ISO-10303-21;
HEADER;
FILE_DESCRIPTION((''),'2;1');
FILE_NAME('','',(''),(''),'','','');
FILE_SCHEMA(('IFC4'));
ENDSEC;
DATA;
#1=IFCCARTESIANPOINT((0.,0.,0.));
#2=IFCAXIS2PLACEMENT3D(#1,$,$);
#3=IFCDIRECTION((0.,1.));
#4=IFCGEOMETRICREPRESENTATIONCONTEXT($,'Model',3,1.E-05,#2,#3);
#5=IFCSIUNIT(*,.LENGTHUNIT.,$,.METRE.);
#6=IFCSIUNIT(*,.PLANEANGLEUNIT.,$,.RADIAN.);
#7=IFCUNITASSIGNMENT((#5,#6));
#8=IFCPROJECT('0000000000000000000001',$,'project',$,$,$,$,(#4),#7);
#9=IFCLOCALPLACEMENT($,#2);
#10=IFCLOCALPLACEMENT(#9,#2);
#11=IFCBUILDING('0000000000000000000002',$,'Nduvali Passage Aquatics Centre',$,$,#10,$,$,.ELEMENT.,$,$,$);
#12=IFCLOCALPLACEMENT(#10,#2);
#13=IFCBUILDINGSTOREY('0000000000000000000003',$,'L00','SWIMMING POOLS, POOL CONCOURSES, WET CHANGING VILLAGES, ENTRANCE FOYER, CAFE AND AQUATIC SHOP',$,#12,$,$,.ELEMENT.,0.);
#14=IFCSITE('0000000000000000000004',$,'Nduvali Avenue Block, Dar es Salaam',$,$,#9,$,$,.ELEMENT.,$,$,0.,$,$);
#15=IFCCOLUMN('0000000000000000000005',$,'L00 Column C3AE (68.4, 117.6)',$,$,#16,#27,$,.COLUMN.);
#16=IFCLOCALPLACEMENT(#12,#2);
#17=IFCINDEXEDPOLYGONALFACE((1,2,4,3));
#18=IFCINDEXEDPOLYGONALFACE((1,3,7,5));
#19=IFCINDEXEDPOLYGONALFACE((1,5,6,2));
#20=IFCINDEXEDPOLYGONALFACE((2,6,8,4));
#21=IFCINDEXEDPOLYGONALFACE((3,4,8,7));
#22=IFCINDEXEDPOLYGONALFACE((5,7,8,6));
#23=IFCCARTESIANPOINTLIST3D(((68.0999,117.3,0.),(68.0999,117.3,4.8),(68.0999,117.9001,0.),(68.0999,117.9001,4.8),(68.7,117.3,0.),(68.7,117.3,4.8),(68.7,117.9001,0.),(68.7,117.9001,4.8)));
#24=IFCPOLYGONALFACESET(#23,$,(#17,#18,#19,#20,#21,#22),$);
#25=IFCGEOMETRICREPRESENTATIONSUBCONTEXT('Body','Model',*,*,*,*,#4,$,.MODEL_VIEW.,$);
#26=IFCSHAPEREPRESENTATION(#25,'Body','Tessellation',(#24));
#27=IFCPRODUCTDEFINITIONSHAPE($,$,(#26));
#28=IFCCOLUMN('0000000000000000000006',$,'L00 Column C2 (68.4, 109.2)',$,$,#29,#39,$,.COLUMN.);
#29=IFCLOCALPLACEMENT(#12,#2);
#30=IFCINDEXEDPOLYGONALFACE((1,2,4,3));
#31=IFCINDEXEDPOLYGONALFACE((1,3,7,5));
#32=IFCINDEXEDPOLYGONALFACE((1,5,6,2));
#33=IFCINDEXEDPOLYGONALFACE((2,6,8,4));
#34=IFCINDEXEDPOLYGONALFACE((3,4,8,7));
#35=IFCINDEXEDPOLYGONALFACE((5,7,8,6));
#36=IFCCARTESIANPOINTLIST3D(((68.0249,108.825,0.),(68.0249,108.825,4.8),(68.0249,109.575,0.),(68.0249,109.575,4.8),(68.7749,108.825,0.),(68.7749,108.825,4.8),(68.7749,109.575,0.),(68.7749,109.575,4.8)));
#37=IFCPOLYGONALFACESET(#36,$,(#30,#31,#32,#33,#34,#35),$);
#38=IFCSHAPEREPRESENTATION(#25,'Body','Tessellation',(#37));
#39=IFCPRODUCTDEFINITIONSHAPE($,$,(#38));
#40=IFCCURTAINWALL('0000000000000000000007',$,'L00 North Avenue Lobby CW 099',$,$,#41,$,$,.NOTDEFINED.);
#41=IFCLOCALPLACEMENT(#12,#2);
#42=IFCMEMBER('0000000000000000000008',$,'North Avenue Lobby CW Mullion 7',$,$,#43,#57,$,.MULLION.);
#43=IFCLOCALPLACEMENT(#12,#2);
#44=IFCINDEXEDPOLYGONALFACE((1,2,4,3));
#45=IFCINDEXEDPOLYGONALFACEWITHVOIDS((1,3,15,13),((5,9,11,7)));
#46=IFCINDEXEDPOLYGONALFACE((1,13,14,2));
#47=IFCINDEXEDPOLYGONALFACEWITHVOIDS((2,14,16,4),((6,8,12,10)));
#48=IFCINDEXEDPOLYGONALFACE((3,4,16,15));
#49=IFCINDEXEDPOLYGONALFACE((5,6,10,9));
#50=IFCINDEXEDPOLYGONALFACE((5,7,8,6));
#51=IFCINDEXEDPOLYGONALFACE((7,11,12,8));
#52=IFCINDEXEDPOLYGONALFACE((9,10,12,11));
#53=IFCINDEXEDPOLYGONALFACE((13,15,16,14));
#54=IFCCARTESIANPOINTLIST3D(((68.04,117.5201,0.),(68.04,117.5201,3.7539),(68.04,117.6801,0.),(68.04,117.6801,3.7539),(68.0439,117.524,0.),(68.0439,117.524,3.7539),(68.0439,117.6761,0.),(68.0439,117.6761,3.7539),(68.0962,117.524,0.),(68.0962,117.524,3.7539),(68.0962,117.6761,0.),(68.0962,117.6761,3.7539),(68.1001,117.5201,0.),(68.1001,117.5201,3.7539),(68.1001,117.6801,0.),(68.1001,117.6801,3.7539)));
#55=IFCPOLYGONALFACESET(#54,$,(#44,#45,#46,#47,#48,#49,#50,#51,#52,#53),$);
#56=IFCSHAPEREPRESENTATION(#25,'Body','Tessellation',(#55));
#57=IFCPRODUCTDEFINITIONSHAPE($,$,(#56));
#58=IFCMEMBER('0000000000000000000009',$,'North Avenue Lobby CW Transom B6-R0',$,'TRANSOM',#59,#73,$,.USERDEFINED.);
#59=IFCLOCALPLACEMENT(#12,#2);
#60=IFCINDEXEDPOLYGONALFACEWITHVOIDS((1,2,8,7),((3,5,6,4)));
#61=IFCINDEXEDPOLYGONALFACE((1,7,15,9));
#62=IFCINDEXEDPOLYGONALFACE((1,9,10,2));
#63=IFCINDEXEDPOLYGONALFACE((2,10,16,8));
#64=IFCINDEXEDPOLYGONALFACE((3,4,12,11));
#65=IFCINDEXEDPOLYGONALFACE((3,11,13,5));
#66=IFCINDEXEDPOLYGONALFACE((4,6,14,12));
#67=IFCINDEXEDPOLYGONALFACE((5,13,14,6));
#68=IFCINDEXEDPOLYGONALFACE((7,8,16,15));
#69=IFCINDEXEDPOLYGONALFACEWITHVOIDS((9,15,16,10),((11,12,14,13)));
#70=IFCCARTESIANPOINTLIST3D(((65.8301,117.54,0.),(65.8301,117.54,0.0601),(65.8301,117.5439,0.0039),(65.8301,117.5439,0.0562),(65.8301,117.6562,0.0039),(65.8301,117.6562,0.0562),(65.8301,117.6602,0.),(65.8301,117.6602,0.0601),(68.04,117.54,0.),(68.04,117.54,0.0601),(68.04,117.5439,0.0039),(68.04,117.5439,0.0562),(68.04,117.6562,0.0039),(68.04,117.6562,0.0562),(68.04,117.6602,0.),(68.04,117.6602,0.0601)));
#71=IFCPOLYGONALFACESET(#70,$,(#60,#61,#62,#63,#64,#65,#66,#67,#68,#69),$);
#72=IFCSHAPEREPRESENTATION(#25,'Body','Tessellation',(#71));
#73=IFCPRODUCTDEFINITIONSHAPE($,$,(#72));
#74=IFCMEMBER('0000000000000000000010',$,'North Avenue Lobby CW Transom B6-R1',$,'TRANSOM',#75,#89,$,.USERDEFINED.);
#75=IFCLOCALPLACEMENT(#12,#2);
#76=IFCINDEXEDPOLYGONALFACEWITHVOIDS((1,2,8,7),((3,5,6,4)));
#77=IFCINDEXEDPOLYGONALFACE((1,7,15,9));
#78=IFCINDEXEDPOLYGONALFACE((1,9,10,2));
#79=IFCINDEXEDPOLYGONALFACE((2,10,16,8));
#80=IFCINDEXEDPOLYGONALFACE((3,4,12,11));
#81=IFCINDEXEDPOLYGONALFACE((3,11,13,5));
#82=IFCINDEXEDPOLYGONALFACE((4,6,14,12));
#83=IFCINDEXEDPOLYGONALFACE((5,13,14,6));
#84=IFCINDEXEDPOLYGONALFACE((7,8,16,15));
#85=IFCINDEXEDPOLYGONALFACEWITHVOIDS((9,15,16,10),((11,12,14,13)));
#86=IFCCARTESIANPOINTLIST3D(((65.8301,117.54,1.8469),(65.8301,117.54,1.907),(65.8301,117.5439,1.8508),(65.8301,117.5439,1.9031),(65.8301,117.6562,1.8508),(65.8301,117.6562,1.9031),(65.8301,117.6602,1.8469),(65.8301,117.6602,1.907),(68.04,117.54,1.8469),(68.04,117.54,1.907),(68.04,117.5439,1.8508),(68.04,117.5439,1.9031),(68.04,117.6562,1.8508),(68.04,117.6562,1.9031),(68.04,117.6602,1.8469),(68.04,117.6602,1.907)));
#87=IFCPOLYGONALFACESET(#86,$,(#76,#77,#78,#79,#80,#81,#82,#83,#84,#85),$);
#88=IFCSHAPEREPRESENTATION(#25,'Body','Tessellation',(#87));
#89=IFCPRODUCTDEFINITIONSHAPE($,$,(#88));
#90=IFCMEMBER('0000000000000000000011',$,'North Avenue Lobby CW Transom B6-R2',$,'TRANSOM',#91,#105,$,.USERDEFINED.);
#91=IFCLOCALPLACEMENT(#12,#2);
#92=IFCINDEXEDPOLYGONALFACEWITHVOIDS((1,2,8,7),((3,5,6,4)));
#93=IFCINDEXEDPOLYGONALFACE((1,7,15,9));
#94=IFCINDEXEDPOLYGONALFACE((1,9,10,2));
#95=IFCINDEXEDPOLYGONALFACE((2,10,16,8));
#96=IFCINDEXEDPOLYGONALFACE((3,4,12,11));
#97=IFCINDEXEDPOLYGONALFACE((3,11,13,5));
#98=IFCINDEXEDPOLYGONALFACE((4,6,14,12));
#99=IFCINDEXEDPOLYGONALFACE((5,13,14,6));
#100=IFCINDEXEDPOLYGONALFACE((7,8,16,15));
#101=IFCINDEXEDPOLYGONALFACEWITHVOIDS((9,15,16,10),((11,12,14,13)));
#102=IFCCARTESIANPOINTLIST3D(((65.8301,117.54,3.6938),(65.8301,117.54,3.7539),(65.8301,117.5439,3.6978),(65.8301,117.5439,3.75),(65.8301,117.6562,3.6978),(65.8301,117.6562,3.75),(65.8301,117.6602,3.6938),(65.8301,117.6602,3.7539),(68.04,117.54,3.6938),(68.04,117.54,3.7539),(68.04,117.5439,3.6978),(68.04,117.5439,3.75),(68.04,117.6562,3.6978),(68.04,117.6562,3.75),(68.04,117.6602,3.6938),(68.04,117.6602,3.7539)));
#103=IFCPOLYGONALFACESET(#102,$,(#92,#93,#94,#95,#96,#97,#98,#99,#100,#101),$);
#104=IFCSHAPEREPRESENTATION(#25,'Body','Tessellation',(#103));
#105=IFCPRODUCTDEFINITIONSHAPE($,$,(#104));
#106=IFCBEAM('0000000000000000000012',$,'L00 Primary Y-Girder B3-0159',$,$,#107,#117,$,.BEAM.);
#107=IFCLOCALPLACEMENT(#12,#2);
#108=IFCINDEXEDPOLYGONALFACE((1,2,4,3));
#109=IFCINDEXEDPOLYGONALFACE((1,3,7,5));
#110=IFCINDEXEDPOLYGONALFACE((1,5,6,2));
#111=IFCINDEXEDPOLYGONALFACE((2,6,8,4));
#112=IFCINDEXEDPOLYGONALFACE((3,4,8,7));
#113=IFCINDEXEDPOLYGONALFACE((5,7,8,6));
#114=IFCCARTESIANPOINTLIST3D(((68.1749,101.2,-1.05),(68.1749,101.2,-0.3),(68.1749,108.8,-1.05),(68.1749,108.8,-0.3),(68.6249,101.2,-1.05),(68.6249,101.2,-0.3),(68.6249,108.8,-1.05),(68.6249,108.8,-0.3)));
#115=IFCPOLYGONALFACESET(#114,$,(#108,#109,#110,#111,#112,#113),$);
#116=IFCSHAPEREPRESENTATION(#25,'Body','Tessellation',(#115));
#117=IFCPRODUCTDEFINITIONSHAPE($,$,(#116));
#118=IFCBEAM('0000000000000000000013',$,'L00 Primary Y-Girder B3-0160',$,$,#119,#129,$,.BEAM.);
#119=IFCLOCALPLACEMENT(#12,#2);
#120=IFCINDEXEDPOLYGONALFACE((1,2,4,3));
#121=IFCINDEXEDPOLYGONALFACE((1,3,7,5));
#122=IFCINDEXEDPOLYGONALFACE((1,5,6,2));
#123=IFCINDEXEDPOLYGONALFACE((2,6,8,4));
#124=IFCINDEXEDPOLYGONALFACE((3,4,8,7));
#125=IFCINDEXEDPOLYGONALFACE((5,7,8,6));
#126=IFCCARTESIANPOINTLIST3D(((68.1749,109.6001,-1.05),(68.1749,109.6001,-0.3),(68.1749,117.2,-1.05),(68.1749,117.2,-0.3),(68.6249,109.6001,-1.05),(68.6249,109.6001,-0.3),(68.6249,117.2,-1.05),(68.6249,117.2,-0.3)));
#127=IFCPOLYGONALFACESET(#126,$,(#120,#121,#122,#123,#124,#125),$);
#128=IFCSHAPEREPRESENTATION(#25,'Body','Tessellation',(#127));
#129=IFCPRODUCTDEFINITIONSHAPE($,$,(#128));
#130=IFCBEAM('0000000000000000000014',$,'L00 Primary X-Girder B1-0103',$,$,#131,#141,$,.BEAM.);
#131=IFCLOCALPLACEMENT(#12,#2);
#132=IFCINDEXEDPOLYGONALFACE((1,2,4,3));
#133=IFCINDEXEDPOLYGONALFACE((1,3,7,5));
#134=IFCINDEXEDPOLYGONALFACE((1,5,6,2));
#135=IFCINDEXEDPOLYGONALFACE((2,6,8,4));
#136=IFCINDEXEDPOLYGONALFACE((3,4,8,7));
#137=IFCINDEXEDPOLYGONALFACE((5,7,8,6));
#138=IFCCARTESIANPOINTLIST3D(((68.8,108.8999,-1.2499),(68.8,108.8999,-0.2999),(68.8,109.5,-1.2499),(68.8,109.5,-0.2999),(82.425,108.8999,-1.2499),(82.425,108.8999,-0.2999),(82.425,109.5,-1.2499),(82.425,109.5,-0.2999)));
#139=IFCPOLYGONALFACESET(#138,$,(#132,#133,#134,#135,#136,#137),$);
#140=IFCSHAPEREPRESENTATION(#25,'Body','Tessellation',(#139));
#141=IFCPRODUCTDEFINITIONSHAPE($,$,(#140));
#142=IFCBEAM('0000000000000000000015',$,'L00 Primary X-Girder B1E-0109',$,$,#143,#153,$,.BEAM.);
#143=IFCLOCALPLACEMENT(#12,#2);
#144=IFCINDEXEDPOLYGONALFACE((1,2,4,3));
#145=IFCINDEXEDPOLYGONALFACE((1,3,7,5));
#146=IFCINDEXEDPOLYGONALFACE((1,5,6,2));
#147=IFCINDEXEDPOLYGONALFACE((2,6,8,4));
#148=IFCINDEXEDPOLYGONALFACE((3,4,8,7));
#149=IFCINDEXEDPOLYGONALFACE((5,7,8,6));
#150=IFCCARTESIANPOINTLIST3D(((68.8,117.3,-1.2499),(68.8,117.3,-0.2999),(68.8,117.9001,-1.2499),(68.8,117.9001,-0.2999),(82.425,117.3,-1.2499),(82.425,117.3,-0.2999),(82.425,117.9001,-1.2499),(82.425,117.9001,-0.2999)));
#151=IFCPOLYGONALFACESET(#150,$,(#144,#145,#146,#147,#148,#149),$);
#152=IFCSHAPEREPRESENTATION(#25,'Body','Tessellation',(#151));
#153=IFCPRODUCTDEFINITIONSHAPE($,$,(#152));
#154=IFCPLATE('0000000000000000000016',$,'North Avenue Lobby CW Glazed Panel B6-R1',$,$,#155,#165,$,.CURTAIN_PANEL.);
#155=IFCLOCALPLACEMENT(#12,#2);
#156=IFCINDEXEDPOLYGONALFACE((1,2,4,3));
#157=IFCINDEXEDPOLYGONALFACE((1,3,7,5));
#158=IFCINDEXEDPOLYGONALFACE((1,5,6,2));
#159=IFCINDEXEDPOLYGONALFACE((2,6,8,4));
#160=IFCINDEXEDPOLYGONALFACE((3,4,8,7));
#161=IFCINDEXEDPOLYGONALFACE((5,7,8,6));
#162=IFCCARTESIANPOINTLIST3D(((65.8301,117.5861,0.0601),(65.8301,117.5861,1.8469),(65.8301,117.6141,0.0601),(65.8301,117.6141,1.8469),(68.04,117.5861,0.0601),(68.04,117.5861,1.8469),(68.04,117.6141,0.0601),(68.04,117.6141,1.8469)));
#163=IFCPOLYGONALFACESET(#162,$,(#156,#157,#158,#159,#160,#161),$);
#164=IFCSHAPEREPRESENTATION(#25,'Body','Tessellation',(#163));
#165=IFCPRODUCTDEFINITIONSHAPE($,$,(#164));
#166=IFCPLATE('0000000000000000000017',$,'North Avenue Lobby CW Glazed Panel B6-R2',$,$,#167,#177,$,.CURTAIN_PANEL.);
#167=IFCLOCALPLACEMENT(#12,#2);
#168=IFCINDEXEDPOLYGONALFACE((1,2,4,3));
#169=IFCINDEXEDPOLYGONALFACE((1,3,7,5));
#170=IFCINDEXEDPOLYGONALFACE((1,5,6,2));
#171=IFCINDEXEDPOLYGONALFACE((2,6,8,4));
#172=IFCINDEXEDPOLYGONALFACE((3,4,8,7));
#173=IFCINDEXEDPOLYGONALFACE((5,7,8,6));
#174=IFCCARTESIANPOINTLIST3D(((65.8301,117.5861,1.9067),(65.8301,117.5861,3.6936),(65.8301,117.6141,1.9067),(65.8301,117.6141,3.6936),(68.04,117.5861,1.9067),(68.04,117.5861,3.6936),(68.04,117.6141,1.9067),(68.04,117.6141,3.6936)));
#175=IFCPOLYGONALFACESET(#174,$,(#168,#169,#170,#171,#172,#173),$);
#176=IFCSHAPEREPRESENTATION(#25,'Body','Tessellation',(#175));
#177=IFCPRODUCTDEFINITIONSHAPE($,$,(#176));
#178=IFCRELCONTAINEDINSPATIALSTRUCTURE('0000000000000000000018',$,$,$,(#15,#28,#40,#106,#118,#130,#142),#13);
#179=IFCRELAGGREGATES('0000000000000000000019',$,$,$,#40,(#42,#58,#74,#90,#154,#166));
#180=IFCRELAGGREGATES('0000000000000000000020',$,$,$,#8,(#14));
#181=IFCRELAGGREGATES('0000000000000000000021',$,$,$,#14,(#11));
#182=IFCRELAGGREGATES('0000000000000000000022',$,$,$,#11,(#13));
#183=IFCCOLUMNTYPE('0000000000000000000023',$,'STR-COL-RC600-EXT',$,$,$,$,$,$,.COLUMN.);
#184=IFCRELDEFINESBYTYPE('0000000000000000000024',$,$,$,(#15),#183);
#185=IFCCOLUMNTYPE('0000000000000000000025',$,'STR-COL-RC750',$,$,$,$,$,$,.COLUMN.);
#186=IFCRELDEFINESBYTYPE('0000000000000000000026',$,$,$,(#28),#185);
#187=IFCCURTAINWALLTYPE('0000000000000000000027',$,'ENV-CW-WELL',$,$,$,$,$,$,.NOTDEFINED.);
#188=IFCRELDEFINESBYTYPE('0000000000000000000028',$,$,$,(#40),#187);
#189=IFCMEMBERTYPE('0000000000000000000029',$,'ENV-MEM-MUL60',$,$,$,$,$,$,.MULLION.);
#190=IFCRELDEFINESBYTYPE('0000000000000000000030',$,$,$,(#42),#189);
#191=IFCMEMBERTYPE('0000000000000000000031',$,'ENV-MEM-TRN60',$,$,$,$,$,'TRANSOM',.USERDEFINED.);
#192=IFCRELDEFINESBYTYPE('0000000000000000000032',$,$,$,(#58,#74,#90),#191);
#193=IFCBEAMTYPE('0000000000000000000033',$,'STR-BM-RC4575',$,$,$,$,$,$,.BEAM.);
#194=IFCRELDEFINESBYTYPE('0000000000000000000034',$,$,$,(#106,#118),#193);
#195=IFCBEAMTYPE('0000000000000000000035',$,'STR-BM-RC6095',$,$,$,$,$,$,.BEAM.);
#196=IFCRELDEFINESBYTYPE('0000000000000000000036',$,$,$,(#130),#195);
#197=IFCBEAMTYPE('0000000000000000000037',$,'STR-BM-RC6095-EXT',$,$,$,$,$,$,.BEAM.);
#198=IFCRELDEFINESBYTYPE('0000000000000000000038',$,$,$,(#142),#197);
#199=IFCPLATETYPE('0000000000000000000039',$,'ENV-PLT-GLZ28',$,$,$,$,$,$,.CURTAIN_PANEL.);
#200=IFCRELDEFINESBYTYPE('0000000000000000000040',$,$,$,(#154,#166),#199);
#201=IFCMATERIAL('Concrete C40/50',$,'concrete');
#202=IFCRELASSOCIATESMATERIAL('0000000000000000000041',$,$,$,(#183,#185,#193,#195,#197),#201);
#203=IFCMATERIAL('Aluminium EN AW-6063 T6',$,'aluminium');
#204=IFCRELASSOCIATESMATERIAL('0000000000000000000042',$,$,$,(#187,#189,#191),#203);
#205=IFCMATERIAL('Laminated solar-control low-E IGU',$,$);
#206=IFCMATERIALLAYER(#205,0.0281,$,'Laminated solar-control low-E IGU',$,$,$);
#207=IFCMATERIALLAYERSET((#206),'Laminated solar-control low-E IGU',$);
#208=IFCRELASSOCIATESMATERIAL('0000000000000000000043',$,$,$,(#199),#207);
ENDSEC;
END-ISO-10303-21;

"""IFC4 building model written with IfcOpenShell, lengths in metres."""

from ifc_helpers import new_model, si_unit, direction, frame, origin, origin_2d, place, context, subcontext, project, spatial, rectangle, hollow_rectangle, extrude, material, layer, layer_set, material_profile, profile_set, type_object, element, aggregate, save


model = new_model("IFC4")

# Units and contexts
model_context = context("Model", 3, precision=1e-05, world=origin(), true_north=direction((0.0, 1.0)))
body_context = subcontext(model_context, "Body", "Model", "MODEL_VIEW")
ifc_project = project(units=[si_unit("LENGTHUNIT", "METRE"), si_unit("PLANEANGLEUNIT", "RADIAN")], contexts=[model_context])

# Site, building, storey
site_placement = place(None, origin())
site = spatial("IfcSite", under=ifc_project, at=site_placement, Name="Nduvali Avenue Block, Dar es Salaam", CompositionType="ELEMENT", RefElevation=0.0)
building_placement = place(site_placement, origin())
building = spatial("IfcBuilding", under=site, at=building_placement, Name="Nduvali Passage Aquatics Centre", CompositionType="ELEMENT")
storey_placement = place(building_placement, origin())
storey = spatial("IfcBuildingStorey", under=building, at=storey_placement, Name="L00", Description="SWIMMING POOLS, POOL CONCOURSES, WET CHANGING VILLAGES, ENTRANCE FOYER, CAFE AND AQUATIC SHOP", CompositionType="ELEMENT", Elevation=0.0)

# Columns
ifc_material_1 = material(Name="Concrete C40/50", Category="concrete")
ifc_material_profile_1 = material_profile(ifc_material_1, rectangle(XDim=0.6001, YDim=0.6001, at=origin_2d()), Name="RC 600x600")
ifc_profile_set_1 = profile_set([ifc_material_profile_1], Name="Concrete C40/50")
column_type_1 = type_object("IfcColumnType", Name="STR-COL-RC600-EXT", PredefinedType="COLUMN", material=ifc_profile_set_1)
column_1_placement = place(storey_placement, frame((68.3999, 117.6001, 0.0), z_axis=(0.0, 0.0, 1.0), x_axis=(1.0, 0.0, 0.0)))
element("IfcColumn", 1, at=column_1_placement, inside=storey, type_object=column_type_1, Name="L00 Column C3AE (68.4, 117.6)", PredefinedType="COLUMN", context=body_context, shape_type="SweptSolid", body=[
    extrude(rectangle(XDim=0.6001, YDim=0.6001, at=origin_2d()), origin(), (0.0, 0.0, 1.0), 4.8),
])
ifc_material_profile_2 = material_profile(ifc_material_1, rectangle(XDim=0.75, YDim=0.75, at=origin_2d()), Name="RC 750x750")
ifc_profile_set_2 = profile_set([ifc_material_profile_2], Name="Concrete C40/50")
column_type_2 = type_object("IfcColumnType", Name="STR-COL-RC750", PredefinedType="COLUMN", material=ifc_profile_set_2)
column_2_placement = place(storey_placement, frame((68.3999, 109.2, 0.0), z_axis=(0.0, 0.0, 1.0), x_axis=(1.0, 0.0, 0.0)))
element("IfcColumn", 2, at=column_2_placement, inside=storey, type_object=column_type_2, Name="L00 Column C2 (68.4, 109.2)", PredefinedType="COLUMN", context=body_context, shape_type="SweptSolid", body=[
    extrude(rectangle(XDim=0.75, YDim=0.75, at=origin_2d()), origin(), (0.0, 0.0, 1.0), 4.8),
])

# Curtain wall, members
ifc_material_2 = material(Name="Aluminium EN AW-6063 T6", Category="aluminium")
curtain_wall_type = type_object("IfcCurtainWallType", Name="ENV-CW-WELL", PredefinedType="NOTDEFINED", material=ifc_material_2)
curtain_wall_placement = place(storey_placement, origin())
curtain_wall = element("IfcCurtainWall", 3, at=curtain_wall_placement, inside=storey, type_object=curtain_wall_type, Name="L00 North Avenue Lobby CW 099", PredefinedType="NOTDEFINED")
ifc_material_profile_3 = material_profile(ifc_material_2, hollow_rectangle(XDim=0.0601, YDim=0.1599, WallThickness=0.0039, at=origin_2d()), Name="ALU MULLION 60x160x4")
ifc_profile_set_3 = profile_set([ifc_material_profile_3], Name="Aluminium EN AW-6063 T6")
member_type_1 = type_object("IfcMemberType", Name="ENV-MEM-MUL60", PredefinedType="MULLION", material=ifc_profile_set_3)
member_1_placement = place(storey_placement, frame((68.0701, 117.6001, 0.0), z_axis=(0.0, 0.0, 1.0), x_axis=(1.0, 0.0, 0.0)))
member_1 = element("IfcMember", 4, at=member_1_placement, type_object=member_type_1, Name="North Avenue Lobby CW Mullion 7", PredefinedType="MULLION", context=body_context, shape_type="SweptSolid", body=[
    extrude(hollow_rectangle(XDim=0.0601, YDim=0.1599, WallThickness=0.0039, at=origin_2d()), origin(), (0.0, 0.0, 1.0), 3.7539),
])
ifc_material_profile_4 = material_profile(ifc_material_2, hollow_rectangle(XDim=0.1201, YDim=0.0601, WallThickness=0.0039, at=origin_2d()), Name="ALU TRANSOM 120x60x4")
ifc_profile_set_4 = profile_set([ifc_material_profile_4], Name="Aluminium EN AW-6063 T6")
member_type_2 = type_object("IfcMemberType", Name="ENV-MEM-TRN60", ElementType="TRANSOM", PredefinedType="USERDEFINED", material=ifc_profile_set_4)
member_2_placement = place(storey_placement, frame((65.8301, 117.6001, 0.03), z_axis=(1.0, 0.0, 0.0), x_axis=(0.0, 1.0, 0.0)))
member_2 = element("IfcMember", 5, at=member_2_placement, type_object=member_type_2, Name="North Avenue Lobby CW Transom B6-R0", ObjectType="TRANSOM", PredefinedType="USERDEFINED", context=body_context, shape_type="SweptSolid", body=[
    extrude(hollow_rectangle(XDim=0.1201, YDim=0.0601, WallThickness=0.0039, at=origin_2d()), origin(), (0.0, 0.0, 1.0), 2.21),
])
member_3_placement = place(storey_placement, frame((65.8301, 117.6001, 1.877), z_axis=(1.0, 0.0, 0.0), x_axis=(0.0, 1.0, 0.0)))
member_3 = element("IfcMember", 6, at=member_3_placement, type_object=member_type_2, Name="North Avenue Lobby CW Transom B6-R1", ObjectType="TRANSOM", PredefinedType="USERDEFINED", context=body_context, shape_type="SweptSolid", body=[
    extrude(hollow_rectangle(XDim=0.1201, YDim=0.0601, WallThickness=0.0039, at=origin_2d()), origin(), (0.0, 0.0, 1.0), 2.21),
])
member_4_placement = place(storey_placement, frame((65.8301, 117.6001, 3.7239), z_axis=(1.0, 0.0, 0.0), x_axis=(0.0, 1.0, 0.0)))
member_4 = element("IfcMember", 7, at=member_4_placement, type_object=member_type_2, Name="North Avenue Lobby CW Transom B6-R2", ObjectType="TRANSOM", PredefinedType="USERDEFINED", context=body_context, shape_type="SweptSolid", body=[
    extrude(hollow_rectangle(XDim=0.1201, YDim=0.0601, WallThickness=0.0039, at=origin_2d()), origin(), (0.0, 0.0, 1.0), 2.21),
])

# Beams
ifc_material_profile_5 = material_profile(ifc_material_1, rectangle(XDim=0.45, YDim=0.75, at=origin_2d()), Name="RC 450x750")
ifc_profile_set_5 = profile_set([ifc_material_profile_5], Name="Concrete C40/50")
beam_type_1 = type_object("IfcBeamType", Name="STR-BM-RC4575", PredefinedType="BEAM", material=ifc_profile_set_5)
beam_1_placement = place(storey_placement, frame((68.3999, 101.2, -0.675), z_axis=(0.0, 1.0, 0.0), x_axis=(-1.0, 0.0, 0.0)))
element("IfcBeam", 8, at=beam_1_placement, inside=storey, type_object=beam_type_1, Name="L00 Primary Y-Girder B3-0159", PredefinedType="BEAM", context=body_context, shape_type="SweptSolid", body=[
    extrude(rectangle(XDim=0.45, YDim=0.75, at=origin_2d()), origin(), (0.0, 0.0, 1.0), 7.6001),
])
beam_2_placement = place(storey_placement, frame((68.3999, 109.6001, -0.675), z_axis=(0.0, 1.0, 0.0), x_axis=(-1.0, 0.0, 0.0)))
element("IfcBeam", 9, at=beam_2_placement, inside=storey, type_object=beam_type_1, Name="L00 Primary Y-Girder B3-0160", PredefinedType="BEAM", context=body_context, shape_type="SweptSolid", body=[
    extrude(rectangle(XDim=0.45, YDim=0.75, at=origin_2d()), origin(), (0.0, 0.0, 1.0), 7.5999),
])
ifc_material_profile_6 = material_profile(ifc_material_1, rectangle(XDim=0.6001, YDim=0.95, at=origin_2d()), Name="RC 600x950")
ifc_profile_set_6 = profile_set([ifc_material_profile_6], Name="Concrete C40/50")
beam_type_2 = type_object("IfcBeamType", Name="STR-BM-RC6095", PredefinedType="BEAM", material=ifc_profile_set_6)
beam_3_placement = place(storey_placement, frame((68.8, 109.2, -0.7749), z_axis=(1.0, 0.0, 0.0), x_axis=(0.0, 1.0, 0.0)))
element("IfcBeam", 10, at=beam_3_placement, inside=storey, type_object=beam_type_2, Name="L00 Primary X-Girder B1-0103", PredefinedType="BEAM", context=body_context, shape_type="SweptSolid", body=[
    extrude(rectangle(XDim=0.6001, YDim=0.95, at=origin_2d()), origin(), (0.0, 0.0, 1.0), 13.625),
])
ifc_material_profile_7 = material_profile(ifc_material_1, rectangle(XDim=0.6001, YDim=0.95, at=origin_2d()), Name="RC 600x950")
ifc_profile_set_7 = profile_set([ifc_material_profile_7], Name="Concrete C40/50")
beam_type_3 = type_object("IfcBeamType", Name="STR-BM-RC6095-EXT", PredefinedType="BEAM", material=ifc_profile_set_7)
beam_4_placement = place(storey_placement, frame((68.8, 117.6001, -0.7749), z_axis=(1.0, 0.0, 0.0), x_axis=(0.0, 1.0, 0.0)))
element("IfcBeam", 11, at=beam_4_placement, inside=storey, type_object=beam_type_3, Name="L00 Primary X-Girder B1E-0109", PredefinedType="BEAM", context=body_context, shape_type="SweptSolid", body=[
    extrude(rectangle(XDim=0.6001, YDim=0.95, at=origin_2d()), origin(), (0.0, 0.0, 1.0), 13.625),
])

# Plates
ifc_material_3 = material(Name="Laminated solar-control low-E IGU")
ifc_layer_1 = layer(ifc_material_3, 0.0281, Name="Laminated solar-control low-E IGU")
ifc_layer_set_1 = layer_set([ifc_layer_1], Name="Laminated solar-control low-E IGU")
plate_type = type_object("IfcPlateType", Name="ENV-PLT-GLZ28", PredefinedType="CURTAIN_PANEL", material=ifc_layer_set_1)
plate_1_placement = place(storey_placement, frame((66.9351, 117.6001, 0.0601), z_axis=(0.0, 0.0, 1.0), x_axis=(1.0, 0.0, 0.0)))
plate_1 = element("IfcPlate", 12, at=plate_1_placement, type_object=plate_type, Name="North Avenue Lobby CW Glazed Panel B6-R1", PredefinedType="CURTAIN_PANEL", context=body_context, shape_type="SweptSolid", body=[
    extrude(rectangle(XDim=2.21, YDim=0.0281, at=origin_2d()), origin(), (0.0, 0.0, 1.0), 1.7869),
])
plate_2_placement = place(storey_placement, frame((66.9351, 117.6001, 1.9067), z_axis=(0.0, 0.0, 1.0), x_axis=(1.0, 0.0, 0.0)))
plate_2 = element("IfcPlate", 13, at=plate_2_placement, type_object=plate_type, Name="North Avenue Lobby CW Glazed Panel B6-R2", PredefinedType="CURTAIN_PANEL", context=body_context, shape_type="SweptSolid", body=[
    extrude(rectangle(XDim=2.21, YDim=0.0281, at=origin_2d()), origin(), (0.0, 0.0, 1.0), 1.7869),
])
aggregate(curtain_wall, [member_1, member_2, member_3, member_4, plate_1, plate_2])

save(model, "model.ifc")
